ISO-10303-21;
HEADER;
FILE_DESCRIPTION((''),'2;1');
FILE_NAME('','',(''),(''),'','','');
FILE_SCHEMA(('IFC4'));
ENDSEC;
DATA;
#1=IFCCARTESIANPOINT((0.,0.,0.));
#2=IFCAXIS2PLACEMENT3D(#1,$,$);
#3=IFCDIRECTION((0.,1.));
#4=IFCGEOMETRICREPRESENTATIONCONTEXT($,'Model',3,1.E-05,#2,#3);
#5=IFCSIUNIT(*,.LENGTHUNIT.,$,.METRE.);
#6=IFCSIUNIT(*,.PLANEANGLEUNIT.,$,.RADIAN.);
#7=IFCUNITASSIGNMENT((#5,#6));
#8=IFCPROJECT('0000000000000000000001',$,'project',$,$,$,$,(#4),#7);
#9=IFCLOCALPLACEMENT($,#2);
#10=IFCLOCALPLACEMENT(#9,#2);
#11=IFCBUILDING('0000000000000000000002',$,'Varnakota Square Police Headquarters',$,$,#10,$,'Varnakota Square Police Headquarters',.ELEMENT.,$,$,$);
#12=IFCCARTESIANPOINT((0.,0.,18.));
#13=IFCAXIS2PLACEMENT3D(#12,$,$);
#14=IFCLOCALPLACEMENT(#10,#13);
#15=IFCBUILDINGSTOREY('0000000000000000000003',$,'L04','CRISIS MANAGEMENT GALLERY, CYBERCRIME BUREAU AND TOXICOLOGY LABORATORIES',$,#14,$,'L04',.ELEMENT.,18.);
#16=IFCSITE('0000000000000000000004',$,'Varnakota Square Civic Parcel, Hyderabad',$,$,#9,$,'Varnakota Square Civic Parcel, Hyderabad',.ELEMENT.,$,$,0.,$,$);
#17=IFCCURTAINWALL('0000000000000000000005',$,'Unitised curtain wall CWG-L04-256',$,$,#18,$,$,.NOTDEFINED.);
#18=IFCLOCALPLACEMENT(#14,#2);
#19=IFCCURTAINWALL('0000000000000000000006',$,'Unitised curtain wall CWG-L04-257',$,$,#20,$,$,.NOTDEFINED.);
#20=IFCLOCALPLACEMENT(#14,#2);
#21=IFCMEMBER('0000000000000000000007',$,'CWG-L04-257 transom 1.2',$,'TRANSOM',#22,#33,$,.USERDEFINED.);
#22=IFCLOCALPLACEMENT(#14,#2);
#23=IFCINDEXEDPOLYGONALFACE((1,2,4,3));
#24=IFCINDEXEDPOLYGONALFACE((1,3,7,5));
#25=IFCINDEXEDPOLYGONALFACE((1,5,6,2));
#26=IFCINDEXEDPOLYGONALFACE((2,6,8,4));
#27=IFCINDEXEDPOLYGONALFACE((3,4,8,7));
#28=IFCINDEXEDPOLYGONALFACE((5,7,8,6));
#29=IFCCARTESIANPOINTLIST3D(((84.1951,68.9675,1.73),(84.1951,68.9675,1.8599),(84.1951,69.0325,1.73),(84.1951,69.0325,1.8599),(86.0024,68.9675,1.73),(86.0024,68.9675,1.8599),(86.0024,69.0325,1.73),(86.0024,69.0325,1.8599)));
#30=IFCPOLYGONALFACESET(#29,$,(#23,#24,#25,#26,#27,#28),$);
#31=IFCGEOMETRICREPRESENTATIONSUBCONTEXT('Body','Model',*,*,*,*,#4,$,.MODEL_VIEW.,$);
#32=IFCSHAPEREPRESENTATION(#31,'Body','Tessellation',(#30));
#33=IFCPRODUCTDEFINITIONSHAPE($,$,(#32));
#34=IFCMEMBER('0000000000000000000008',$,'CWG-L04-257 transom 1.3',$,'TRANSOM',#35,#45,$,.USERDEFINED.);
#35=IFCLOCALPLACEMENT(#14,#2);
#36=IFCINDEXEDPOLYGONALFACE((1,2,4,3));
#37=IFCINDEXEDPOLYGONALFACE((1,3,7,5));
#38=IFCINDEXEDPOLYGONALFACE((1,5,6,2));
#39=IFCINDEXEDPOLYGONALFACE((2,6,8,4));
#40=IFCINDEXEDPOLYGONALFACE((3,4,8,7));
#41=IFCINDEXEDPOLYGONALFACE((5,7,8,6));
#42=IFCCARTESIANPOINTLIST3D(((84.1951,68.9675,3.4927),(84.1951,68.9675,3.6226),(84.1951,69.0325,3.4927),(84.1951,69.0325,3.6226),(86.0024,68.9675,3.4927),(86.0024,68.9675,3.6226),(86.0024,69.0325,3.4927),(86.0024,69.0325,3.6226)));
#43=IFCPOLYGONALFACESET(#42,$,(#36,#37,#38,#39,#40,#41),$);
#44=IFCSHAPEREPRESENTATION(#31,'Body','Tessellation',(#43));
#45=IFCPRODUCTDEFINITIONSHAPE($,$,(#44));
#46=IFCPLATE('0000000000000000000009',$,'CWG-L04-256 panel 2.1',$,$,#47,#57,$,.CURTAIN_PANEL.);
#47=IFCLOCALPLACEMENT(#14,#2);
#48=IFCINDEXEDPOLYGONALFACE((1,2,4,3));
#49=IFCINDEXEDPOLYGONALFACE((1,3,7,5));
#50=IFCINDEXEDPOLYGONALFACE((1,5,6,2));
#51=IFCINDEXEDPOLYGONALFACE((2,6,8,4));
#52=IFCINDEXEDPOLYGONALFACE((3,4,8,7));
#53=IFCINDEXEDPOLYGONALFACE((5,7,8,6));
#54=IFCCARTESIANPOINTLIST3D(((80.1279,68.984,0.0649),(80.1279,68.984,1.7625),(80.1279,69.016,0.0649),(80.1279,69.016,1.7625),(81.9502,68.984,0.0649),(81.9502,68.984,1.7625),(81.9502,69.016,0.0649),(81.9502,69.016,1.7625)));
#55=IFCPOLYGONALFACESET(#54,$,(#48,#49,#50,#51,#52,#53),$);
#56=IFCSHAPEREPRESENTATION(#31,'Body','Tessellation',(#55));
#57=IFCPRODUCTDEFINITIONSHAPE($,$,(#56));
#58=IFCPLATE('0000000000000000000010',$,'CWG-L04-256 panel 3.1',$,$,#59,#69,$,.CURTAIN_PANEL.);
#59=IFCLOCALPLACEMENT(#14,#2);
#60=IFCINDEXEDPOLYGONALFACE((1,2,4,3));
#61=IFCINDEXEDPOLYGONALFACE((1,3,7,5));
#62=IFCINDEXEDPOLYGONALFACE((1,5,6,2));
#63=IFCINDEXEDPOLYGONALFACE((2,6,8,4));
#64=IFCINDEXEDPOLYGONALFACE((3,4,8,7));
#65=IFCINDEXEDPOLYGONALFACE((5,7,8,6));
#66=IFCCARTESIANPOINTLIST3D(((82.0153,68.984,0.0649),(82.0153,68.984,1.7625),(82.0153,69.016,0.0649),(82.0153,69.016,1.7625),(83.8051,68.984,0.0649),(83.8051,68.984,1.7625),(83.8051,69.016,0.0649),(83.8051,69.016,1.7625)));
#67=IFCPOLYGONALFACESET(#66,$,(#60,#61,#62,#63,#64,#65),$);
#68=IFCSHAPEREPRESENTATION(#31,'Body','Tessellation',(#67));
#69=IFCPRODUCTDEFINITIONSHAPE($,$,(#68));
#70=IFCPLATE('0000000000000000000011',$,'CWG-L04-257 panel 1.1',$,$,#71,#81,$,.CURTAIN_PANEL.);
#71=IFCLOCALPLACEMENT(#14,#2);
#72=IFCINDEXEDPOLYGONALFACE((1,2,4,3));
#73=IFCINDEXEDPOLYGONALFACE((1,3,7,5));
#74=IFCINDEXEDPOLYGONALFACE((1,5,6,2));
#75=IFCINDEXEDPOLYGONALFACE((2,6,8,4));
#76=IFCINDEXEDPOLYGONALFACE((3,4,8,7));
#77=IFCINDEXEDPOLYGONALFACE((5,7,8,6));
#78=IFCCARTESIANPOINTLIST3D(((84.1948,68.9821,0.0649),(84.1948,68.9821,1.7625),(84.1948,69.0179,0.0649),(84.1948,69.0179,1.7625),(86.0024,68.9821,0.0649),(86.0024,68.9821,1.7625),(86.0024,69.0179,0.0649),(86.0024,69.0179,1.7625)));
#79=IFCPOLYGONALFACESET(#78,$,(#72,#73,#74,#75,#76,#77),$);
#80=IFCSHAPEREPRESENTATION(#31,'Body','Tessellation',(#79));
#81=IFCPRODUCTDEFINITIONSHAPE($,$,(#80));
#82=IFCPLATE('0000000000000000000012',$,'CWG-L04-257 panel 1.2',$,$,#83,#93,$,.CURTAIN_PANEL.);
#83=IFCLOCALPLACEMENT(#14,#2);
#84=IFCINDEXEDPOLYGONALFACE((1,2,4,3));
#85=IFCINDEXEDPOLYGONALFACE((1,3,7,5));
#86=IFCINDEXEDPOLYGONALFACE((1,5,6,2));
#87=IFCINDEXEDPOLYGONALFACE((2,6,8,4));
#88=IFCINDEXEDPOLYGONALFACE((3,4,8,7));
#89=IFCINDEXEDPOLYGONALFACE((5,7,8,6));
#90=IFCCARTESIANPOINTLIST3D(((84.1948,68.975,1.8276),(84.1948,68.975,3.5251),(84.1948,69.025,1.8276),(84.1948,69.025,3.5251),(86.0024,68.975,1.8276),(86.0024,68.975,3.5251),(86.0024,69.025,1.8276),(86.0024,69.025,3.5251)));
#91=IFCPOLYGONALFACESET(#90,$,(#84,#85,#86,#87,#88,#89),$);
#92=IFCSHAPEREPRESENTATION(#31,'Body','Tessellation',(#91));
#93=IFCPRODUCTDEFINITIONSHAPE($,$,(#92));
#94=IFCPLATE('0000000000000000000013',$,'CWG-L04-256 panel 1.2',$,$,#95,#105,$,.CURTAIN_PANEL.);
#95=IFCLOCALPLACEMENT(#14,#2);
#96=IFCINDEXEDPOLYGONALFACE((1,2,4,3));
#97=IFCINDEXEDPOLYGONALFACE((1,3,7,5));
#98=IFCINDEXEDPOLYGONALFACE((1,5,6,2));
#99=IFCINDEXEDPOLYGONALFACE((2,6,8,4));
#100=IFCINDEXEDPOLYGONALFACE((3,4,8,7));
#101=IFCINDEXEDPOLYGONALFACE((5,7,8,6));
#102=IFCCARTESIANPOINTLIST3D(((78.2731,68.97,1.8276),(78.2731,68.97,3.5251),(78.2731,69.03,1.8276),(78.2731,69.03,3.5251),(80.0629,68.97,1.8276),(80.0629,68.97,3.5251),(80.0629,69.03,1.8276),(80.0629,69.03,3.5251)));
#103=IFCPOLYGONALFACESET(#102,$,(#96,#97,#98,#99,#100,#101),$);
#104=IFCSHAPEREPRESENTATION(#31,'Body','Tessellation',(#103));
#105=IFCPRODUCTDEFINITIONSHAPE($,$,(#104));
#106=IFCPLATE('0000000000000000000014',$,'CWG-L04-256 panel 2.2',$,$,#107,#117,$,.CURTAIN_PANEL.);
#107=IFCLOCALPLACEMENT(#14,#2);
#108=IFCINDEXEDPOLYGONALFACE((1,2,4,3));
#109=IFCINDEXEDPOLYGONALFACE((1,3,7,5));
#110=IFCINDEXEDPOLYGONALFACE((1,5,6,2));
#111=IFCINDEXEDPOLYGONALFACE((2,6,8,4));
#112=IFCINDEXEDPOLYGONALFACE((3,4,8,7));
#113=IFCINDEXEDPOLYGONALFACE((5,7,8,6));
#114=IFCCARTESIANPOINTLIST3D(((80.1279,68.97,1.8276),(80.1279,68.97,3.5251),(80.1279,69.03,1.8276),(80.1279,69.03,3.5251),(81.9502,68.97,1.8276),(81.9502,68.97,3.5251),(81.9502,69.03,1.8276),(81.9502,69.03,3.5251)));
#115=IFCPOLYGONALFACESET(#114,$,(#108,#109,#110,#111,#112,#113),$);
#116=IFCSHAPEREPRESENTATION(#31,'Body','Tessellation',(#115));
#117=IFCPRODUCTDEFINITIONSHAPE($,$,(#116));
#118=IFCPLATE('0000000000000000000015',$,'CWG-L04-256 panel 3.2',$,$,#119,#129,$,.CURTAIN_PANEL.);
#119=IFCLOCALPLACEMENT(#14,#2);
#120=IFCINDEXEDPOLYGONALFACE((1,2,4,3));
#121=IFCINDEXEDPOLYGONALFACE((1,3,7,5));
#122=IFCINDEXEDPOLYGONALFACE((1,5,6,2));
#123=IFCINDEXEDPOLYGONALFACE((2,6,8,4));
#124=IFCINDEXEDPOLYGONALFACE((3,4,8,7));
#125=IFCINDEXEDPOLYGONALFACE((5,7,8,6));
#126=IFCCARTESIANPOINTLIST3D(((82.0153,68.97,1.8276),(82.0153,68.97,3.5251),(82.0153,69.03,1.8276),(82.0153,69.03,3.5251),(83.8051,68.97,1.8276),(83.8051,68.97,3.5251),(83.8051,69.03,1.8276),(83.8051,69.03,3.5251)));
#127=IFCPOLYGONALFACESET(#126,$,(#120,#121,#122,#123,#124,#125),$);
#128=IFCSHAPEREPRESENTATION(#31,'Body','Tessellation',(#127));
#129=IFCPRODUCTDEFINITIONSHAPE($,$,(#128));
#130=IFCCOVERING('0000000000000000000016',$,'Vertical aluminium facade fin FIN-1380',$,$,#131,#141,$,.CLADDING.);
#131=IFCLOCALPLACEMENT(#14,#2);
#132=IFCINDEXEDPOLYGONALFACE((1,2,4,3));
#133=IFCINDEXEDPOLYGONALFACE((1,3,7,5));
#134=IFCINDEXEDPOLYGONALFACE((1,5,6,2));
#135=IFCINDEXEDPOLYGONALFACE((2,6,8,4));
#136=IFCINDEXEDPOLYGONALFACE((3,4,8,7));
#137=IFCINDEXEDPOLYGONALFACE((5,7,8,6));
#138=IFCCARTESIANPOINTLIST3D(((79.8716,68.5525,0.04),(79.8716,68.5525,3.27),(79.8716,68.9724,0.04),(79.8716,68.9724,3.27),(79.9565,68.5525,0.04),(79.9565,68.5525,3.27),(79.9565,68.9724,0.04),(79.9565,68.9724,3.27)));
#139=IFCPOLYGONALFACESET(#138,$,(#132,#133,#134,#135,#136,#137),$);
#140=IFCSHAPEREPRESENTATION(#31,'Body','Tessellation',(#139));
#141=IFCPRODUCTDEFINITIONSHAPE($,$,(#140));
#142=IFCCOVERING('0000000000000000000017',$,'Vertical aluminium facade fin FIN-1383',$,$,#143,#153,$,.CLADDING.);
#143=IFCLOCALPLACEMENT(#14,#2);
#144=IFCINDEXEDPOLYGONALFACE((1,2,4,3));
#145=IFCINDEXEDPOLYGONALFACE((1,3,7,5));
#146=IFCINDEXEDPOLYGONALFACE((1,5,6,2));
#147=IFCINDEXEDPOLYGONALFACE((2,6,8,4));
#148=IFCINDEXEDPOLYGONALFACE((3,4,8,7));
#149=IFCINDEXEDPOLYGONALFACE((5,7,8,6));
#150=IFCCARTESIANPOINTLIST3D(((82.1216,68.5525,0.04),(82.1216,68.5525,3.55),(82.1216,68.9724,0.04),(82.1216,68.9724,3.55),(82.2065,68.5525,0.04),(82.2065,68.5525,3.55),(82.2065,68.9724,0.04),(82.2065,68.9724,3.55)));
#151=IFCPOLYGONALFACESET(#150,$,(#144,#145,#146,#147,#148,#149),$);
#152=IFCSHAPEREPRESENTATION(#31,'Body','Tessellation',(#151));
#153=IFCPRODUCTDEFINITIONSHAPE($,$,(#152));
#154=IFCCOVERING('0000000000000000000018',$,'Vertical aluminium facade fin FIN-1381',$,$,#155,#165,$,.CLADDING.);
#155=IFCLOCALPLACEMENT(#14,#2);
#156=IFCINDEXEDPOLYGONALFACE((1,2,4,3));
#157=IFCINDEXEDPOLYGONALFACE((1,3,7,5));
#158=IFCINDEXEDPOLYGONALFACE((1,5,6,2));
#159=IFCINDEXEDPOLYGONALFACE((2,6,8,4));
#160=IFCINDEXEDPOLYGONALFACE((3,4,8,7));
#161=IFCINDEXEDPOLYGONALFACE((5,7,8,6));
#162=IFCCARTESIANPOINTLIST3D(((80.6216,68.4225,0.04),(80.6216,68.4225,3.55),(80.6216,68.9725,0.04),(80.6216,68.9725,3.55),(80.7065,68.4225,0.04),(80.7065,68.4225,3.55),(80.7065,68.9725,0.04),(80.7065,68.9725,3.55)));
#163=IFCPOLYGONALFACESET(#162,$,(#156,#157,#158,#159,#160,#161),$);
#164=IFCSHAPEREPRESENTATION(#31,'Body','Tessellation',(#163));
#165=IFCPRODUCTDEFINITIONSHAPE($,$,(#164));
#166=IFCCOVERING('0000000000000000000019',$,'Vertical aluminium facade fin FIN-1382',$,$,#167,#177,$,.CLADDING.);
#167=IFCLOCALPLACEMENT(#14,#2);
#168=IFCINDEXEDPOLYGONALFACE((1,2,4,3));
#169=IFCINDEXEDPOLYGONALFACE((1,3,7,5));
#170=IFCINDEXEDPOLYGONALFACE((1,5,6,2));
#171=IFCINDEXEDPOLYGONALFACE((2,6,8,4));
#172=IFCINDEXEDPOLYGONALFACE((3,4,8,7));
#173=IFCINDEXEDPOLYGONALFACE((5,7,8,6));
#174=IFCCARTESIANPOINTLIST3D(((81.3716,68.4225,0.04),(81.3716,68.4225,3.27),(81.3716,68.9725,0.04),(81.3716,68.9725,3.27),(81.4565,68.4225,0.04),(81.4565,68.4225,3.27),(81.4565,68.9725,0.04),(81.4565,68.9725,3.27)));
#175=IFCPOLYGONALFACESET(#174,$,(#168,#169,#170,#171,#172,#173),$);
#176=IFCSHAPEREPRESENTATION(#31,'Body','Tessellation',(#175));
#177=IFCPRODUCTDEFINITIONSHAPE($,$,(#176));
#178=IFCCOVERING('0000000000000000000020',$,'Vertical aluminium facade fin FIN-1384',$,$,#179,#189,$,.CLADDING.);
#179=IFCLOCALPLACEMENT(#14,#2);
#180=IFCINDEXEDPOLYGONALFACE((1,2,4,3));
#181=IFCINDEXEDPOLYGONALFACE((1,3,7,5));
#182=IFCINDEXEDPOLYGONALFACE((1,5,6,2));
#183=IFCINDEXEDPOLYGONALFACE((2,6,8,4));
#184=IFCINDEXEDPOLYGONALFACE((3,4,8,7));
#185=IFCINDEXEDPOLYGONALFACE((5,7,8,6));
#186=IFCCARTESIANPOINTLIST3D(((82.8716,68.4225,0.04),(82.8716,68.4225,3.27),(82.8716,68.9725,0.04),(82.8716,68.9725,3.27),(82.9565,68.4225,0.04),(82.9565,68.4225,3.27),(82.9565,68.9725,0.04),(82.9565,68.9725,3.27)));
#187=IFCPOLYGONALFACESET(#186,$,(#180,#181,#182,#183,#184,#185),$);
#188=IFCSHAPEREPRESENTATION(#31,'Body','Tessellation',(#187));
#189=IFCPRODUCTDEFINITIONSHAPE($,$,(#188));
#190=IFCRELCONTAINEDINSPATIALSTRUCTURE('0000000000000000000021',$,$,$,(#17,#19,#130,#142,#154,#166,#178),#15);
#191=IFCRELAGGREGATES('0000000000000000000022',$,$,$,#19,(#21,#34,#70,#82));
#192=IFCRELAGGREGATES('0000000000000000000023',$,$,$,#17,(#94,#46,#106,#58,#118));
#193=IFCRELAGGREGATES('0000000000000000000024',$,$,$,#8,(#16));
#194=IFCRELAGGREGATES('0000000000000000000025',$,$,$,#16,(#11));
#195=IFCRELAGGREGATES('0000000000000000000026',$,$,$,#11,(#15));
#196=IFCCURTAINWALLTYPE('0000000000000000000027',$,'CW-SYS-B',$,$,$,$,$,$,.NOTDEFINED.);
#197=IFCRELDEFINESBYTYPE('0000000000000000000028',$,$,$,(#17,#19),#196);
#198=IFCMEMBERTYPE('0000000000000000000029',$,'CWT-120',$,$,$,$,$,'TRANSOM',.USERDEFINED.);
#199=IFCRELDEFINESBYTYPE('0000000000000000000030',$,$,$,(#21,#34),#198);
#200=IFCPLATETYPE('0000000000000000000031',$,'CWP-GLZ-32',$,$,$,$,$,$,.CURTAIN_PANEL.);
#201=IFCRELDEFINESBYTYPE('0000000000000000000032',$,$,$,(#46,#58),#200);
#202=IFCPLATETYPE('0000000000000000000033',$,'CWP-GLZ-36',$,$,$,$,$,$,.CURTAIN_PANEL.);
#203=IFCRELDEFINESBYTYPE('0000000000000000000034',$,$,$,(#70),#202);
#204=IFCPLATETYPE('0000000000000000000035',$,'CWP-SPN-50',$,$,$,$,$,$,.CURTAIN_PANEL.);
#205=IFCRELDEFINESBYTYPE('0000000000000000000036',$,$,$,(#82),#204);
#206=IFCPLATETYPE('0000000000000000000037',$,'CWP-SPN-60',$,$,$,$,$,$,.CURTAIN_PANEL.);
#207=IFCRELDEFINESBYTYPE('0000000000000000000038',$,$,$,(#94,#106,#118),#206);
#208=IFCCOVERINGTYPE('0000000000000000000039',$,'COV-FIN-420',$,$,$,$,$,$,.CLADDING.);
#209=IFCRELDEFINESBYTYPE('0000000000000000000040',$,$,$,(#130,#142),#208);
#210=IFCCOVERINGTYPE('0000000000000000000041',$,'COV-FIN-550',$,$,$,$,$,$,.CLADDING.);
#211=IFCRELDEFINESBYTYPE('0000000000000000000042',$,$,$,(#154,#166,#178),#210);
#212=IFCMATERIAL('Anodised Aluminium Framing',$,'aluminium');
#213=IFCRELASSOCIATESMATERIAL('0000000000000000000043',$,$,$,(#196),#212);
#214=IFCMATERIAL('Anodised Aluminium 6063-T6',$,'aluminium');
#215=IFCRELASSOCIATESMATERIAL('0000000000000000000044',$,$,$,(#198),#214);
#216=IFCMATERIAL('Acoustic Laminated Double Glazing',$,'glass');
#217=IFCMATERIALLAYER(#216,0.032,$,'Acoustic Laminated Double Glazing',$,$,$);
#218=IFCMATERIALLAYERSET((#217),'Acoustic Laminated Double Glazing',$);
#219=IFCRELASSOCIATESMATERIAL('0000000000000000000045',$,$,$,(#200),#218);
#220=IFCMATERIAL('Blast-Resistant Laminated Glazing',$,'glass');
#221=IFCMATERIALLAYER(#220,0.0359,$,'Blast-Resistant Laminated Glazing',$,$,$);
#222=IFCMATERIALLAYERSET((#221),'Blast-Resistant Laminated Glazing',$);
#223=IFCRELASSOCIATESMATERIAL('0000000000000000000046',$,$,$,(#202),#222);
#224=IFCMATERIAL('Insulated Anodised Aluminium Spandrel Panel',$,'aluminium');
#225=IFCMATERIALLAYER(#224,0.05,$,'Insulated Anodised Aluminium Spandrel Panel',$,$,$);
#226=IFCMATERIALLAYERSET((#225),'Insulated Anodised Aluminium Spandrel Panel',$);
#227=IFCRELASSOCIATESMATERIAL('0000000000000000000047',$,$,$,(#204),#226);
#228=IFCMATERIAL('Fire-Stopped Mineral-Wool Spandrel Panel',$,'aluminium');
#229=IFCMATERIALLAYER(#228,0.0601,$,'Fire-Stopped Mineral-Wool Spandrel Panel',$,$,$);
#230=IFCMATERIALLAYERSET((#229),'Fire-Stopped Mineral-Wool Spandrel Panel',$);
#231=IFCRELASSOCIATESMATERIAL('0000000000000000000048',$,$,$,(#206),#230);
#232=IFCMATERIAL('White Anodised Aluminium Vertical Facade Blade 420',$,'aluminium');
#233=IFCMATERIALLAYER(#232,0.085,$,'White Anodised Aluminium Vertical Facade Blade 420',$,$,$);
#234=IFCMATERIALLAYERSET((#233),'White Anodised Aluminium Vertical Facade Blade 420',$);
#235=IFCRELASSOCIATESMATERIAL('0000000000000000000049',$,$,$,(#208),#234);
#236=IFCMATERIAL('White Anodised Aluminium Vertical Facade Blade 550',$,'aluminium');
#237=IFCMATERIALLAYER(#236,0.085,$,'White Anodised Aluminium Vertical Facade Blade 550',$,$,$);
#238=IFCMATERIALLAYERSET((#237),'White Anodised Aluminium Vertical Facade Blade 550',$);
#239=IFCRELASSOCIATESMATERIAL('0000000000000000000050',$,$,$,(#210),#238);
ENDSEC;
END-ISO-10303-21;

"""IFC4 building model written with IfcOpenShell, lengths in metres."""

from ifc_helpers import new_model, si_unit, direction, frame, origin, origin_2d, place, context, subcontext, project, spatial, rectangle, extrude, material, layer, layer_set, material_profile, profile_set, type_object, element, aggregate, save


model = new_model("IFC4")

# Units and contexts
model_context = context("Model", 3, precision=1e-05, world=origin(), true_north=direction((0.0, 1.0)))
body_context = subcontext(model_context, "Body", "Model", "MODEL_VIEW")
ifc_project = project(units=[si_unit("LENGTHUNIT", "METRE"), si_unit("PLANEANGLEUNIT", "RADIAN")], contexts=[model_context])

# Site, building, storey
site_placement = place(None, origin())
site = spatial("IfcSite", under=ifc_project, at=site_placement, Name="Varnakota Square Civic Parcel, Hyderabad", LongName="Varnakota Square Civic Parcel, Hyderabad", CompositionType="ELEMENT", RefElevation=0.0)
building_placement = place(site_placement, origin())
building = spatial("IfcBuilding", under=site, at=building_placement, Name="Varnakota Square Police Headquarters", LongName="Varnakota Square Police Headquarters", CompositionType="ELEMENT")
storey_placement = place(building_placement, frame((0.0, 0.0, 18.0)))
storey = spatial("IfcBuildingStorey", under=building, at=storey_placement, Name="L04", Description="CRISIS MANAGEMENT GALLERY, CYBERCRIME BUREAU AND TOXICOLOGY LABORATORIES", LongName="L04", CompositionType="ELEMENT", Elevation=18.0)

# Curtain wall
ifc_material_1 = material(Name="Anodised Aluminium Framing", Category="aluminium")
curtain_wall_type = type_object("IfcCurtainWallType", Name="CW-SYS-B", PredefinedType="NOTDEFINED", material=ifc_material_1)
curtain_wall_1_placement = place(storey_placement, origin())
curtain_wall_1 = element("IfcCurtainWall", 1, at=curtain_wall_1_placement, inside=storey, type_object=curtain_wall_type, Name="Unitised curtain wall CWG-L04-256", PredefinedType="NOTDEFINED")
ifc_material_2 = material(Name="Anodised Aluminium 6063-T6", Category="aluminium")

# Curtain wall
curtain_wall_2_placement = place(storey_placement, origin())
curtain_wall_2 = element("IfcCurtainWall", 2, at=curtain_wall_2_placement, inside=storey, type_object=curtain_wall_type, Name="Unitised curtain wall CWG-L04-257", PredefinedType="NOTDEFINED")

# Members
ifc_material_profile_1 = material_profile(ifc_material_2, rectangle(XDim=0.0649, YDim=0.1299, at=origin_2d()), Name="ALU TRANSOM 65x130")
ifc_profile_set_1 = profile_set([ifc_material_profile_1], Name="Anodised Aluminium 6063-T6")
member_type_1 = type_object("IfcMemberType", Name="CWT-120", ElementType="TRANSOM", PredefinedType="USERDEFINED", material=ifc_profile_set_1)
member_1_placement = place(storey_placement, frame((84.1951, 69.0, 1.7949), z_axis=(1.0, 0.0, 0.0), x_axis=(0.0, 1.0, 0.0)))
member_1 = element("IfcMember", 3, at=member_1_placement, type_object=member_type_1, Name="CWG-L04-257 transom 1.2", ObjectType="TRANSOM", PredefinedType="USERDEFINED", context=body_context, shape_type="SweptSolid", body=[
    extrude(rectangle(XDim=0.0649, YDim=0.1299, at=origin_2d()), origin(), (0.0, 0.0, 1.0), 1.8074),
])
member_2_placement = place(storey_placement, frame((84.1951, 69.0, 3.5576), z_axis=(1.0, 0.0, 0.0), x_axis=(0.0, 1.0, 0.0)))
member_2 = element("IfcMember", 4, at=member_2_placement, type_object=member_type_1, Name="CWG-L04-257 transom 1.3", ObjectType="TRANSOM", PredefinedType="USERDEFINED", context=body_context, shape_type="SweptSolid", body=[
    extrude(rectangle(XDim=0.0649, YDim=0.1299, at=origin_2d()), origin(), (0.0, 0.0, 1.0), 1.8074),
])

# Plates
ifc_material_3 = material(Name="Acoustic Laminated Double Glazing", Category="glass")
ifc_layer_1 = layer(ifc_material_3, 0.032, Name="Acoustic Laminated Double Glazing")
ifc_layer_set_1 = layer_set([ifc_layer_1], Name="Acoustic Laminated Double Glazing")
plate_type_1 = type_object("IfcPlateType", Name="CWP-GLZ-32", PredefinedType="CURTAIN_PANEL", material=ifc_layer_set_1)
plate_1_placement = place(storey_placement, frame((81.0391, 69.0, 0.0649), z_axis=(0.0, 0.0, 1.0), x_axis=(1.0, 0.0, 0.0)))
plate_1 = element("IfcPlate", 5, at=plate_1_placement, type_object=plate_type_1, Name="CWG-L04-256 panel 2.1", PredefinedType="CURTAIN_PANEL", context=body_context, shape_type="SweptSolid", body=[
    extrude(rectangle(XDim=1.8223, YDim=0.032, at=origin_2d()), origin(), (0.0, 0.0, 1.0), 1.6975),
])
plate_2_placement = place(storey_placement, frame((82.9102, 69.0, 0.0649), z_axis=(0.0, 0.0, 1.0), x_axis=(1.0, 0.0, 0.0)))
plate_2 = element("IfcPlate", 6, at=plate_2_placement, type_object=plate_type_1, Name="CWG-L04-256 panel 3.1", PredefinedType="CURTAIN_PANEL", context=body_context, shape_type="SweptSolid", body=[
    extrude(rectangle(XDim=1.7898, YDim=0.032, at=origin_2d()), origin(), (0.0, 0.0, 1.0), 1.6975),
])
ifc_material_4 = material(Name="Blast-Resistant Laminated Glazing", Category="glass")
ifc_layer_2 = layer(ifc_material_4, 0.0359, Name="Blast-Resistant Laminated Glazing")
ifc_layer_set_2 = layer_set([ifc_layer_2], Name="Blast-Resistant Laminated Glazing")
plate_type_2 = type_object("IfcPlateType", Name="CWP-GLZ-36", PredefinedType="CURTAIN_PANEL", material=ifc_layer_set_2)
plate_3_placement = place(storey_placement, frame((85.0986, 69.0, 0.0649), z_axis=(0.0, 0.0, 1.0), x_axis=(1.0, 0.0, 0.0)))
plate_3 = element("IfcPlate", 7, at=plate_3_placement, type_object=plate_type_2, Name="CWG-L04-257 panel 1.1", PredefinedType="CURTAIN_PANEL", context=body_context, shape_type="SweptSolid", body=[
    extrude(rectangle(XDim=1.8076, YDim=0.0359, at=origin_2d()), origin(), (0.0, 0.0, 1.0), 1.6975),
])
ifc_material_5 = material(Name="Insulated Anodised Aluminium Spandrel Panel", Category="aluminium")
ifc_layer_3 = layer(ifc_material_5, 0.05, Name="Insulated Anodised Aluminium Spandrel Panel")
ifc_layer_set_3 = layer_set([ifc_layer_3], Name="Insulated Anodised Aluminium Spandrel Panel")
plate_type_3 = type_object("IfcPlateType", Name="CWP-SPN-50", PredefinedType="CURTAIN_PANEL", material=ifc_layer_set_3)
plate_4_placement = place(storey_placement, frame((85.0986, 69.0, 1.8276), z_axis=(0.0, 0.0, 1.0), x_axis=(1.0, 0.0, 0.0)))
plate_4 = element("IfcPlate", 8, at=plate_4_placement, type_object=plate_type_3, Name="CWG-L04-257 panel 1.2", PredefinedType="CURTAIN_PANEL", context=body_context, shape_type="SweptSolid", body=[
    extrude(rectangle(XDim=1.8076, YDim=0.05, at=origin_2d()), origin(), (0.0, 0.0, 1.0), 1.6975),
])
aggregate(curtain_wall_2, [member_1, member_2, plate_3, plate_4])
ifc_material_6 = material(Name="Fire-Stopped Mineral-Wool Spandrel Panel", Category="aluminium")
ifc_layer_4 = layer(ifc_material_6, 0.0601, Name="Fire-Stopped Mineral-Wool Spandrel Panel")
ifc_layer_set_4 = layer_set([ifc_layer_4], Name="Fire-Stopped Mineral-Wool Spandrel Panel")
plate_type_4 = type_object("IfcPlateType", Name="CWP-SPN-60", PredefinedType="CURTAIN_PANEL", material=ifc_layer_set_4)
plate_5_placement = place(storey_placement, frame((79.168, 69.0, 1.8276), z_axis=(0.0, 0.0, 1.0), x_axis=(1.0, 0.0, 0.0)))
plate_5 = element("IfcPlate", 9, at=plate_5_placement, type_object=plate_type_4, Name="CWG-L04-256 panel 1.2", PredefinedType="CURTAIN_PANEL", context=body_context, shape_type="SweptSolid", body=[
    extrude(rectangle(XDim=1.7898, YDim=0.0601, at=origin_2d()), origin(), (0.0, 0.0, 1.0), 1.6975),
])
plate_6_placement = place(storey_placement, frame((81.0391, 69.0, 1.8276), z_axis=(0.0, 0.0, 1.0), x_axis=(1.0, 0.0, 0.0)))
plate_6 = element("IfcPlate", 10, at=plate_6_placement, type_object=plate_type_4, Name="CWG-L04-256 panel 2.2", PredefinedType="CURTAIN_PANEL", context=body_context, shape_type="SweptSolid", body=[
    extrude(rectangle(XDim=1.8223, YDim=0.0601, at=origin_2d()), origin(), (0.0, 0.0, 1.0), 1.6975),
])
plate_7_placement = place(storey_placement, frame((82.9102, 69.0, 1.8276), z_axis=(0.0, 0.0, 1.0), x_axis=(1.0, 0.0, 0.0)))
plate_7 = element("IfcPlate", 11, at=plate_7_placement, type_object=plate_type_4, Name="CWG-L04-256 panel 3.2", PredefinedType="CURTAIN_PANEL", context=body_context, shape_type="SweptSolid", body=[
    extrude(rectangle(XDim=1.7898, YDim=0.0601, at=origin_2d()), origin(), (0.0, 0.0, 1.0), 1.6975),
])
aggregate(curtain_wall_1, [plate_5, plate_1, plate_6, plate_2, plate_7])

# Coverings
ifc_material_7 = material(Name="White Anodised Aluminium Vertical Facade Blade 420", Category="aluminium")
ifc_layer_5 = layer(ifc_material_7, 0.085, Name="White Anodised Aluminium Vertical Facade Blade 420")
ifc_layer_set_5 = layer_set([ifc_layer_5], Name="White Anodised Aluminium Vertical Facade Blade 420")
covering_type_1 = type_object("IfcCoveringType", Name="COV-FIN-420", PredefinedType="CLADDING", material=ifc_layer_set_5)
covering_1_placement = place(storey_placement, frame((79.9141, 68.7625, 0.04), z_axis=(0.0, 0.0, 1.0), x_axis=(1.0, 0.0, 0.0)))
element("IfcCovering", 12, at=covering_1_placement, inside=storey, type_object=covering_type_1, Name="Vertical aluminium facade fin FIN-1380", PredefinedType="CLADDING", context=body_context, shape_type="SweptSolid", body=[
    extrude(rectangle(XDim=0.085, YDim=0.4199, at=origin_2d()), origin(), (0.0, 0.0, 1.0), 3.23),
])
covering_2_placement = place(storey_placement, frame((82.1641, 68.7625, 0.04), z_axis=(0.0, 0.0, 1.0), x_axis=(1.0, 0.0, 0.0)))
element("IfcCovering", 13, at=covering_2_placement, inside=storey, type_object=covering_type_1, Name="Vertical aluminium facade fin FIN-1383", PredefinedType="CLADDING", context=body_context, shape_type="SweptSolid", body=[
    extrude(rectangle(XDim=0.085, YDim=0.4199, at=origin_2d()), origin(), (0.0, 0.0, 1.0), 3.51),
])
ifc_material_8 = material(Name="White Anodised Aluminium Vertical Facade Blade 550", Category="aluminium")
ifc_layer_6 = layer(ifc_material_8, 0.085, Name="White Anodised Aluminium Vertical Facade Blade 550")
ifc_layer_set_6 = layer_set([ifc_layer_6], Name="White Anodised Aluminium Vertical Facade Blade 550")
covering_type_2 = type_object("IfcCoveringType", Name="COV-FIN-550", PredefinedType="CLADDING", material=ifc_layer_set_6)
covering_3_placement = place(storey_placement, frame((80.6641, 68.6975, 0.04), z_axis=(0.0, 0.0, 1.0), x_axis=(1.0, 0.0, 0.0)))
element("IfcCovering", 14, at=covering_3_placement, inside=storey, type_object=covering_type_2, Name="Vertical aluminium facade fin FIN-1381", PredefinedType="CLADDING", context=body_context, shape_type="SweptSolid", body=[
    extrude(rectangle(XDim=0.085, YDim=0.55, at=origin_2d()), origin(), (0.0, 0.0, 1.0), 3.51),
])
for number, where, z_axis, x_axis, name in (
    (15, (81.4141, 68.6975, 0.04), (0.0, 0.0, 1.0), (1.0, 0.0, 0.0), "Vertical aluminium facade fin FIN-1382"),
    (16, (82.9141, 68.6975, 0.04), (0.0, 0.0, 1.0), (1.0, 0.0, 0.0), "Vertical aluminium facade fin FIN-1384"),
):
    element("IfcCovering", number, at=place(storey_placement, frame(where, z_axis=z_axis, x_axis=x_axis)), inside=storey, type_object=covering_type_2, Name=name, PredefinedType="CLADDING", context=body_context, shape_type="SweptSolid", body=[
        extrude(rectangle(XDim=0.085, YDim=0.55, at=origin_2d()), origin(), (0.0, 0.0, 1.0), 3.23),
    ])

save(model, "model.ifc")
